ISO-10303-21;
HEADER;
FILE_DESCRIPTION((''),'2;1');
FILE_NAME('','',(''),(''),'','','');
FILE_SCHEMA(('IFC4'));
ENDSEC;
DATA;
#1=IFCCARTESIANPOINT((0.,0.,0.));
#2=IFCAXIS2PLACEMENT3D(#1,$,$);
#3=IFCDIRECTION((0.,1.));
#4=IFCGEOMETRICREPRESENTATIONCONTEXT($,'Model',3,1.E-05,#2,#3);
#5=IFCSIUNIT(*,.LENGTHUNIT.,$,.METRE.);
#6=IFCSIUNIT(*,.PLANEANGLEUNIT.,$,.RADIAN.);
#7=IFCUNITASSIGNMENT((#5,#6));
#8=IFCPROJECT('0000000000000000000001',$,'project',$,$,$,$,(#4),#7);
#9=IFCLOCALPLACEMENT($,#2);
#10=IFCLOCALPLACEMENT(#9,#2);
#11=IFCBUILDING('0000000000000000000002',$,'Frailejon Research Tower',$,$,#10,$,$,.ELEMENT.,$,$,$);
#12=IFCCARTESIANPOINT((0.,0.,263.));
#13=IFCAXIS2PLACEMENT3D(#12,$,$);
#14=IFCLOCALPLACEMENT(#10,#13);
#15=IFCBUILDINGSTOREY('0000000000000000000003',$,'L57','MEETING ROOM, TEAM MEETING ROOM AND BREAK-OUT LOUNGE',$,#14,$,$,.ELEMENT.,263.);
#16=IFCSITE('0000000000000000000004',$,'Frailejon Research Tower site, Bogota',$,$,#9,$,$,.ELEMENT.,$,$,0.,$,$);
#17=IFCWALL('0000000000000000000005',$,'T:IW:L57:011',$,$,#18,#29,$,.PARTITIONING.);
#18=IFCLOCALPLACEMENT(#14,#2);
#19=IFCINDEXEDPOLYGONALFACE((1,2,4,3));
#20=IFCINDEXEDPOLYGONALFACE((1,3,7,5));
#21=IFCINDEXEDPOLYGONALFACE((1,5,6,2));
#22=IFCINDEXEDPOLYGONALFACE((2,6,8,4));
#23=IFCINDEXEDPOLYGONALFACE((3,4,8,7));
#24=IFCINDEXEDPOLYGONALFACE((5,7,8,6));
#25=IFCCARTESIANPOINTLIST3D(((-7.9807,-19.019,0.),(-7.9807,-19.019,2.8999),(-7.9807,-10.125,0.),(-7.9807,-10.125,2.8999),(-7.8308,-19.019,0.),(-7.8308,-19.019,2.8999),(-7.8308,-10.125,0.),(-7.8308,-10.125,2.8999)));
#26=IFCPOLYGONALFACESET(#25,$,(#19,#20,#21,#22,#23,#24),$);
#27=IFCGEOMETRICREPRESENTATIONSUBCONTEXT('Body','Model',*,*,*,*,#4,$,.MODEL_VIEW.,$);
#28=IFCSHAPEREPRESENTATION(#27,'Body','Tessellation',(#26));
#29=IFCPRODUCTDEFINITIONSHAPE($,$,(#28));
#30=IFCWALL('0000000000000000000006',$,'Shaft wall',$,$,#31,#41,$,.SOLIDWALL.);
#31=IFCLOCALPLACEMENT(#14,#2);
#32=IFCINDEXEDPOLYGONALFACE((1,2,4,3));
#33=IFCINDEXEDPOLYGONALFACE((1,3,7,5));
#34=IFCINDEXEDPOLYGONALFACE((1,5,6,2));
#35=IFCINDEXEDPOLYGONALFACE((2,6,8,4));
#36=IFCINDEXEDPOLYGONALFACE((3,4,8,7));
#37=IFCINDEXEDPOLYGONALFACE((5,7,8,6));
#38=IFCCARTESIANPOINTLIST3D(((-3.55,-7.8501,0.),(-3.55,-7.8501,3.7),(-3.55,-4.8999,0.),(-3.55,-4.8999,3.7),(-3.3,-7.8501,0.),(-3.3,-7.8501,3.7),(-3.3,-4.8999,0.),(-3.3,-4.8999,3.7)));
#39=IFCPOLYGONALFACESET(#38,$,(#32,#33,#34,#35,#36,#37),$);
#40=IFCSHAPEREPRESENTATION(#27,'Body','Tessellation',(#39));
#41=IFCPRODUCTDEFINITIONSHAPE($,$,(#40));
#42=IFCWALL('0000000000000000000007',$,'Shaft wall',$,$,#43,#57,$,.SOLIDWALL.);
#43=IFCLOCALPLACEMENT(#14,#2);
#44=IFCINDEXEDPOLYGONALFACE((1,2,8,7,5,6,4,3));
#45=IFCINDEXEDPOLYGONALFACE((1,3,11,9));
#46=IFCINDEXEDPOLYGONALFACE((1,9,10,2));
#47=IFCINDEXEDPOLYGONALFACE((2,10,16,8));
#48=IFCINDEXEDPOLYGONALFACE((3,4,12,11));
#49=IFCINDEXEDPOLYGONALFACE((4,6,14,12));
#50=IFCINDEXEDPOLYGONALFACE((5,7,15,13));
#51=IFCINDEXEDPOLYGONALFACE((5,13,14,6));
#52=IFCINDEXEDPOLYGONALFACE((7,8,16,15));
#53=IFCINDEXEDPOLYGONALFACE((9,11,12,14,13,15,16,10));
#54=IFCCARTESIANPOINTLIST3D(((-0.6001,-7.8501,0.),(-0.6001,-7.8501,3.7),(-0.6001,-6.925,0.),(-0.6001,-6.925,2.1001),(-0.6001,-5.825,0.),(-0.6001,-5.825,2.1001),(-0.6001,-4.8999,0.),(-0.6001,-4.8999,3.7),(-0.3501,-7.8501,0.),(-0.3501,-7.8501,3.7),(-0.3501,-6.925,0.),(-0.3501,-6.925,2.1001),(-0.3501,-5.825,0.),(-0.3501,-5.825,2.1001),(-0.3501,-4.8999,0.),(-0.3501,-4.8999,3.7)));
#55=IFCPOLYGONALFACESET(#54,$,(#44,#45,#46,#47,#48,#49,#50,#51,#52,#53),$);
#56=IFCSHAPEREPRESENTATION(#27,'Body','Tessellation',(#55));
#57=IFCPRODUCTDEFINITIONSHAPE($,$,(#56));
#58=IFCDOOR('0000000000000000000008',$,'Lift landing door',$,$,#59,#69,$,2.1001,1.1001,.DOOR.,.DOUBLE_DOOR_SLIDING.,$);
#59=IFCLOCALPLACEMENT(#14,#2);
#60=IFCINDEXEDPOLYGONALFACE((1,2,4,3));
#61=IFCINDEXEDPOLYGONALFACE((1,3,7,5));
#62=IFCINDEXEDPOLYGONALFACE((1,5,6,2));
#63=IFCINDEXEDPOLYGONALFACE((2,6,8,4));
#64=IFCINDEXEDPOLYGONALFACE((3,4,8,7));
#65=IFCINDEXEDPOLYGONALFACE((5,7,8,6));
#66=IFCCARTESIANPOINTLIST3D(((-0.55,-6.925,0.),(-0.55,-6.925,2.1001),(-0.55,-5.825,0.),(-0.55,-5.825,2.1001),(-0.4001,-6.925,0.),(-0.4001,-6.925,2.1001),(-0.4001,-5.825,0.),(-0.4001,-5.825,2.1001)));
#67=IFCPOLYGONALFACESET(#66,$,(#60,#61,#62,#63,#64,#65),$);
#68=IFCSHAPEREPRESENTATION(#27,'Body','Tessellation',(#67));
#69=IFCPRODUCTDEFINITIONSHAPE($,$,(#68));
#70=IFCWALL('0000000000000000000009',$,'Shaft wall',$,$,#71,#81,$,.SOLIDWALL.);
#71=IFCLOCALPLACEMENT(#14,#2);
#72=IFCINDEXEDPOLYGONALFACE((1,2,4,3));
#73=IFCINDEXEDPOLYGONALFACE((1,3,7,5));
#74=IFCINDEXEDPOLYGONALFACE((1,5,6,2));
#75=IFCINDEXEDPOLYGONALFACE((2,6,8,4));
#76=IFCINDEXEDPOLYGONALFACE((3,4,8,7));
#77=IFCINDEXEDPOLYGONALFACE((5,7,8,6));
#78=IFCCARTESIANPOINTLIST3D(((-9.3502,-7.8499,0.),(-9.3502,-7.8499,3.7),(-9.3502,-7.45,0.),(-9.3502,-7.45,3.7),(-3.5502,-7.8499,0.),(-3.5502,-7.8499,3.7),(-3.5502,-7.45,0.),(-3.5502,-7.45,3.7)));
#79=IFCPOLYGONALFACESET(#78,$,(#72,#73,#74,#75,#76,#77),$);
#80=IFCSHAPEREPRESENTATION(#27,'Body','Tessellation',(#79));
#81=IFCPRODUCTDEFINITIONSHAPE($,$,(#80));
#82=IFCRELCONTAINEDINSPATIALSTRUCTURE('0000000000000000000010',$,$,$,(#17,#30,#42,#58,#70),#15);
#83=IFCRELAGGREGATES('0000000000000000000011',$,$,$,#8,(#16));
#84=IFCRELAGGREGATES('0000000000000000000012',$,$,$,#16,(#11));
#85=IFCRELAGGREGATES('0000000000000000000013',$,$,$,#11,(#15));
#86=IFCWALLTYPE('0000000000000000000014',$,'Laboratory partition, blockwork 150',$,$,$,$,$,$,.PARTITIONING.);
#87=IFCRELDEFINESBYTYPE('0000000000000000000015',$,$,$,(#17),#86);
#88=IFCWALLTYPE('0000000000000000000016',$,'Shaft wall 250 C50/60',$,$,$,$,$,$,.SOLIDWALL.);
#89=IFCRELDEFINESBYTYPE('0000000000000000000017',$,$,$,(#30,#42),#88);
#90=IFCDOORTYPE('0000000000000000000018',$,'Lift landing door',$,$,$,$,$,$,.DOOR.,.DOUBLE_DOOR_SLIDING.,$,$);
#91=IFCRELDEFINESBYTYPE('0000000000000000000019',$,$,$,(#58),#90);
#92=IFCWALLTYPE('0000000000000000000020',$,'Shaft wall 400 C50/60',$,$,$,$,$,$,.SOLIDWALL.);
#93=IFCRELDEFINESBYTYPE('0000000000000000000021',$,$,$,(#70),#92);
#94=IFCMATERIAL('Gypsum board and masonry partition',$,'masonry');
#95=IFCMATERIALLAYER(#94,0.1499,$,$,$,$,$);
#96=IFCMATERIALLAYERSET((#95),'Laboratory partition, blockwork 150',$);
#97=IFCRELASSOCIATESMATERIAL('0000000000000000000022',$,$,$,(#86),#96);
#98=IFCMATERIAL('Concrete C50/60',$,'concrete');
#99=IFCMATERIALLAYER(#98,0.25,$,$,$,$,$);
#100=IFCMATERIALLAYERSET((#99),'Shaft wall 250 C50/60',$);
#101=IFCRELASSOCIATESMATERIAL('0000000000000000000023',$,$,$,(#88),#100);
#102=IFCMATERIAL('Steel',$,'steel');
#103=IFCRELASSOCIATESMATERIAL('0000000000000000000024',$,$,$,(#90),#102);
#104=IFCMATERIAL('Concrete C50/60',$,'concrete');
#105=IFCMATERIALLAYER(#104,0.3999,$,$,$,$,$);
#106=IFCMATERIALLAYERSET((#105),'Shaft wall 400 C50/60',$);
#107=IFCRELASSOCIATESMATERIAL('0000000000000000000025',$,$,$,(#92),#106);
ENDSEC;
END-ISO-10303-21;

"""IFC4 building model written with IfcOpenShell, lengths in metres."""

from ifc_helpers import new_model, si_unit, direction, frame, frame_2d, origin, place, context, subcontext, project, spatial, rectangle, extrude, material, layer, layer_set, type_object, element, fill, save


model = new_model("IFC4")

# Units and contexts
model_context = context("Model", 3, precision=1e-05, world=origin(), true_north=direction((0.0, 1.0)))
body_context = subcontext(model_context, "Body", "Model", "MODEL_VIEW")
ifc_project = project(units=[si_unit("LENGTHUNIT", "METRE"), si_unit("PLANEANGLEUNIT", "RADIAN")], contexts=[model_context])

# Site, building, storey
site_placement = place(None, origin())
site = spatial("IfcSite", under=ifc_project, at=site_placement, Name="Frailejon Research Tower site, Bogota", CompositionType="ELEMENT", RefElevation=0.0)
building_placement = place(site_placement, origin())
building = spatial("IfcBuilding", under=site, at=building_placement, Name="Frailejon Research Tower", CompositionType="ELEMENT")
storey_placement = place(building_placement, frame((0.0, 0.0, 263.0)))
storey = spatial("IfcBuildingStorey", under=building, at=storey_placement, Name="L57", Description="MEETING ROOM, TEAM MEETING ROOM AND BREAK-OUT LOUNGE", CompositionType="ELEMENT", Elevation=263.0)

# Walls
ifc_material_1 = material(Name="Gypsum board and masonry partition", Category="masonry")
ifc_layer_1 = layer(ifc_material_1, 0.1499)
ifc_layer_set_1 = layer_set([ifc_layer_1], Name="Laboratory partition, blockwork 150")
wall_type_1 = type_object("IfcWallType", Name="Laboratory partition, blockwork 150", PredefinedType="PARTITIONING", material=ifc_layer_set_1)
wall_1_placement = place(storey_placement, frame((-7.9058, -19.019, 0.0), z_axis=(0.0, 0.0, 1.0), x_axis=(0.0, 1.0, 0.0)))
element("IfcWall", 1, at=wall_1_placement, inside=storey, type_object=wall_type_1, Name="T:IW:L57:011", PredefinedType="PARTITIONING", context=body_context, shape_type="SweptSolid", body=[
    extrude(rectangle(XDim=8.894, YDim=0.1499, at=frame_2d((4.447, 0.0))), origin(), (0.0, 0.0, 1.0), 2.8999),
])
ifc_material_2 = material(Name="Concrete C50/60", Category="concrete")
ifc_layer_2 = layer(ifc_material_2, 0.25)
ifc_layer_set_2 = layer_set([ifc_layer_2], Name="Shaft wall 250 C50/60")
wall_type_2 = type_object("IfcWallType", Name="Shaft wall 250 C50/60", PredefinedType="SOLIDWALL", material=ifc_layer_set_2)
wall_2_placement = place(storey_placement, frame((-3.425, -7.8501, 0.0), z_axis=(0.0, 0.0, 1.0), x_axis=(0.0, 1.0, 0.0)))
element("IfcWall", 2, at=wall_2_placement, inside=storey, type_object=wall_type_2, Name="Shaft wall", PredefinedType="SOLIDWALL", context=body_context, shape_type="SweptSolid", body=[
    extrude(rectangle(XDim=2.9502, YDim=0.25, at=frame_2d((1.4751, 0.0))), origin(), (0.0, 0.0, 1.0), 3.7),
])

# Wall, opening, door
wall_3_placement = place(storey_placement, frame((-0.4751, -7.8501, 0.0), z_axis=(0.0, 0.0, 1.0), x_axis=(0.0, 1.0, 0.0)))
wall_3 = element("IfcWall", 3, at=wall_3_placement, inside=storey, type_object=wall_type_2, Name="Shaft wall", PredefinedType="SOLIDWALL", context=body_context, shape_type="SweptSolid", body=[
    extrude(rectangle(XDim=2.9502, YDim=0.25, at=frame_2d((1.4751, 0.0))), origin(), (0.0, 0.0, 1.0), 3.7),
])
opening_1_placement = place(wall_3_placement, frame((0.925, 0.0, 0.0)))
opening_1 = element("IfcOpeningElement", 4, at=opening_1_placement, cuts=wall_3, PredefinedType="OPENING", context=body_context, shape_type="SweptSolid", body=[
    extrude(rectangle(XDim=1.1001, YDim=2.1001, at=frame_2d((0.55, 1.05))), frame((0.0, 0.135, 0.0), z_axis=(0.0, -1.0, 0.0), x_axis=(1.0, 0.0, 0.0)), (0.0, 0.0, 1.0), 0.27),
])
ifc_material_3 = material(Name="Steel", Category="steel")
door_type_1 = type_object("IfcDoorType", Name="Lift landing door", OperationType="DOUBLE_DOOR_SLIDING", PredefinedType="DOOR", material=ifc_material_3)
door_1_placement = place(opening_1_placement, origin())
door_1 = element("IfcDoor", 5, at=door_1_placement, inside=storey, type_object=door_type_1, Name="Lift landing door", OperationType="DOUBLE_DOOR_SLIDING", OverallHeight=2.1001, OverallWidth=1.1001, PredefinedType="DOOR", context=body_context, shape_type="SweptSolid", body=[
    extrude(rectangle(XDim=1.1001, YDim=2.1001, at=frame_2d((0.55, 1.05))), frame((0.0, 0.075, 0.0), z_axis=(0.0, -1.0, 0.0), x_axis=(1.0, 0.0, 0.0)), (0.0, 0.0, 1.0), 0.1499),
])
fill(opening_1, door_1)

# Wall
ifc_material_4 = material(Name="Concrete C50/60", Category="concrete")
ifc_layer_3 = layer(ifc_material_4, 0.3999)
ifc_layer_set_3 = layer_set([ifc_layer_3], Name="Shaft wall 400 C50/60")
wall_type_3 = type_object("IfcWallType", Name="Shaft wall 400 C50/60", PredefinedType="SOLIDWALL", material=ifc_layer_set_3)
wall_4_placement = place(storey_placement, frame((-9.3501, -7.6499, 0.0), z_axis=(0.0, 0.0, 1.0), x_axis=(1.0, 0.0, 0.0)))
element("IfcWall", 6, at=wall_4_placement, inside=storey, type_object=wall_type_3, Name="Shaft wall", PredefinedType="SOLIDWALL", context=body_context, shape_type="SweptSolid", body=[
    extrude(rectangle(XDim=5.8, YDim=0.3999, at=frame_2d((2.8999, 0.0))), origin(), (0.0, 0.0, 1.0), 3.7),
])

save(model, "model.ifc")
